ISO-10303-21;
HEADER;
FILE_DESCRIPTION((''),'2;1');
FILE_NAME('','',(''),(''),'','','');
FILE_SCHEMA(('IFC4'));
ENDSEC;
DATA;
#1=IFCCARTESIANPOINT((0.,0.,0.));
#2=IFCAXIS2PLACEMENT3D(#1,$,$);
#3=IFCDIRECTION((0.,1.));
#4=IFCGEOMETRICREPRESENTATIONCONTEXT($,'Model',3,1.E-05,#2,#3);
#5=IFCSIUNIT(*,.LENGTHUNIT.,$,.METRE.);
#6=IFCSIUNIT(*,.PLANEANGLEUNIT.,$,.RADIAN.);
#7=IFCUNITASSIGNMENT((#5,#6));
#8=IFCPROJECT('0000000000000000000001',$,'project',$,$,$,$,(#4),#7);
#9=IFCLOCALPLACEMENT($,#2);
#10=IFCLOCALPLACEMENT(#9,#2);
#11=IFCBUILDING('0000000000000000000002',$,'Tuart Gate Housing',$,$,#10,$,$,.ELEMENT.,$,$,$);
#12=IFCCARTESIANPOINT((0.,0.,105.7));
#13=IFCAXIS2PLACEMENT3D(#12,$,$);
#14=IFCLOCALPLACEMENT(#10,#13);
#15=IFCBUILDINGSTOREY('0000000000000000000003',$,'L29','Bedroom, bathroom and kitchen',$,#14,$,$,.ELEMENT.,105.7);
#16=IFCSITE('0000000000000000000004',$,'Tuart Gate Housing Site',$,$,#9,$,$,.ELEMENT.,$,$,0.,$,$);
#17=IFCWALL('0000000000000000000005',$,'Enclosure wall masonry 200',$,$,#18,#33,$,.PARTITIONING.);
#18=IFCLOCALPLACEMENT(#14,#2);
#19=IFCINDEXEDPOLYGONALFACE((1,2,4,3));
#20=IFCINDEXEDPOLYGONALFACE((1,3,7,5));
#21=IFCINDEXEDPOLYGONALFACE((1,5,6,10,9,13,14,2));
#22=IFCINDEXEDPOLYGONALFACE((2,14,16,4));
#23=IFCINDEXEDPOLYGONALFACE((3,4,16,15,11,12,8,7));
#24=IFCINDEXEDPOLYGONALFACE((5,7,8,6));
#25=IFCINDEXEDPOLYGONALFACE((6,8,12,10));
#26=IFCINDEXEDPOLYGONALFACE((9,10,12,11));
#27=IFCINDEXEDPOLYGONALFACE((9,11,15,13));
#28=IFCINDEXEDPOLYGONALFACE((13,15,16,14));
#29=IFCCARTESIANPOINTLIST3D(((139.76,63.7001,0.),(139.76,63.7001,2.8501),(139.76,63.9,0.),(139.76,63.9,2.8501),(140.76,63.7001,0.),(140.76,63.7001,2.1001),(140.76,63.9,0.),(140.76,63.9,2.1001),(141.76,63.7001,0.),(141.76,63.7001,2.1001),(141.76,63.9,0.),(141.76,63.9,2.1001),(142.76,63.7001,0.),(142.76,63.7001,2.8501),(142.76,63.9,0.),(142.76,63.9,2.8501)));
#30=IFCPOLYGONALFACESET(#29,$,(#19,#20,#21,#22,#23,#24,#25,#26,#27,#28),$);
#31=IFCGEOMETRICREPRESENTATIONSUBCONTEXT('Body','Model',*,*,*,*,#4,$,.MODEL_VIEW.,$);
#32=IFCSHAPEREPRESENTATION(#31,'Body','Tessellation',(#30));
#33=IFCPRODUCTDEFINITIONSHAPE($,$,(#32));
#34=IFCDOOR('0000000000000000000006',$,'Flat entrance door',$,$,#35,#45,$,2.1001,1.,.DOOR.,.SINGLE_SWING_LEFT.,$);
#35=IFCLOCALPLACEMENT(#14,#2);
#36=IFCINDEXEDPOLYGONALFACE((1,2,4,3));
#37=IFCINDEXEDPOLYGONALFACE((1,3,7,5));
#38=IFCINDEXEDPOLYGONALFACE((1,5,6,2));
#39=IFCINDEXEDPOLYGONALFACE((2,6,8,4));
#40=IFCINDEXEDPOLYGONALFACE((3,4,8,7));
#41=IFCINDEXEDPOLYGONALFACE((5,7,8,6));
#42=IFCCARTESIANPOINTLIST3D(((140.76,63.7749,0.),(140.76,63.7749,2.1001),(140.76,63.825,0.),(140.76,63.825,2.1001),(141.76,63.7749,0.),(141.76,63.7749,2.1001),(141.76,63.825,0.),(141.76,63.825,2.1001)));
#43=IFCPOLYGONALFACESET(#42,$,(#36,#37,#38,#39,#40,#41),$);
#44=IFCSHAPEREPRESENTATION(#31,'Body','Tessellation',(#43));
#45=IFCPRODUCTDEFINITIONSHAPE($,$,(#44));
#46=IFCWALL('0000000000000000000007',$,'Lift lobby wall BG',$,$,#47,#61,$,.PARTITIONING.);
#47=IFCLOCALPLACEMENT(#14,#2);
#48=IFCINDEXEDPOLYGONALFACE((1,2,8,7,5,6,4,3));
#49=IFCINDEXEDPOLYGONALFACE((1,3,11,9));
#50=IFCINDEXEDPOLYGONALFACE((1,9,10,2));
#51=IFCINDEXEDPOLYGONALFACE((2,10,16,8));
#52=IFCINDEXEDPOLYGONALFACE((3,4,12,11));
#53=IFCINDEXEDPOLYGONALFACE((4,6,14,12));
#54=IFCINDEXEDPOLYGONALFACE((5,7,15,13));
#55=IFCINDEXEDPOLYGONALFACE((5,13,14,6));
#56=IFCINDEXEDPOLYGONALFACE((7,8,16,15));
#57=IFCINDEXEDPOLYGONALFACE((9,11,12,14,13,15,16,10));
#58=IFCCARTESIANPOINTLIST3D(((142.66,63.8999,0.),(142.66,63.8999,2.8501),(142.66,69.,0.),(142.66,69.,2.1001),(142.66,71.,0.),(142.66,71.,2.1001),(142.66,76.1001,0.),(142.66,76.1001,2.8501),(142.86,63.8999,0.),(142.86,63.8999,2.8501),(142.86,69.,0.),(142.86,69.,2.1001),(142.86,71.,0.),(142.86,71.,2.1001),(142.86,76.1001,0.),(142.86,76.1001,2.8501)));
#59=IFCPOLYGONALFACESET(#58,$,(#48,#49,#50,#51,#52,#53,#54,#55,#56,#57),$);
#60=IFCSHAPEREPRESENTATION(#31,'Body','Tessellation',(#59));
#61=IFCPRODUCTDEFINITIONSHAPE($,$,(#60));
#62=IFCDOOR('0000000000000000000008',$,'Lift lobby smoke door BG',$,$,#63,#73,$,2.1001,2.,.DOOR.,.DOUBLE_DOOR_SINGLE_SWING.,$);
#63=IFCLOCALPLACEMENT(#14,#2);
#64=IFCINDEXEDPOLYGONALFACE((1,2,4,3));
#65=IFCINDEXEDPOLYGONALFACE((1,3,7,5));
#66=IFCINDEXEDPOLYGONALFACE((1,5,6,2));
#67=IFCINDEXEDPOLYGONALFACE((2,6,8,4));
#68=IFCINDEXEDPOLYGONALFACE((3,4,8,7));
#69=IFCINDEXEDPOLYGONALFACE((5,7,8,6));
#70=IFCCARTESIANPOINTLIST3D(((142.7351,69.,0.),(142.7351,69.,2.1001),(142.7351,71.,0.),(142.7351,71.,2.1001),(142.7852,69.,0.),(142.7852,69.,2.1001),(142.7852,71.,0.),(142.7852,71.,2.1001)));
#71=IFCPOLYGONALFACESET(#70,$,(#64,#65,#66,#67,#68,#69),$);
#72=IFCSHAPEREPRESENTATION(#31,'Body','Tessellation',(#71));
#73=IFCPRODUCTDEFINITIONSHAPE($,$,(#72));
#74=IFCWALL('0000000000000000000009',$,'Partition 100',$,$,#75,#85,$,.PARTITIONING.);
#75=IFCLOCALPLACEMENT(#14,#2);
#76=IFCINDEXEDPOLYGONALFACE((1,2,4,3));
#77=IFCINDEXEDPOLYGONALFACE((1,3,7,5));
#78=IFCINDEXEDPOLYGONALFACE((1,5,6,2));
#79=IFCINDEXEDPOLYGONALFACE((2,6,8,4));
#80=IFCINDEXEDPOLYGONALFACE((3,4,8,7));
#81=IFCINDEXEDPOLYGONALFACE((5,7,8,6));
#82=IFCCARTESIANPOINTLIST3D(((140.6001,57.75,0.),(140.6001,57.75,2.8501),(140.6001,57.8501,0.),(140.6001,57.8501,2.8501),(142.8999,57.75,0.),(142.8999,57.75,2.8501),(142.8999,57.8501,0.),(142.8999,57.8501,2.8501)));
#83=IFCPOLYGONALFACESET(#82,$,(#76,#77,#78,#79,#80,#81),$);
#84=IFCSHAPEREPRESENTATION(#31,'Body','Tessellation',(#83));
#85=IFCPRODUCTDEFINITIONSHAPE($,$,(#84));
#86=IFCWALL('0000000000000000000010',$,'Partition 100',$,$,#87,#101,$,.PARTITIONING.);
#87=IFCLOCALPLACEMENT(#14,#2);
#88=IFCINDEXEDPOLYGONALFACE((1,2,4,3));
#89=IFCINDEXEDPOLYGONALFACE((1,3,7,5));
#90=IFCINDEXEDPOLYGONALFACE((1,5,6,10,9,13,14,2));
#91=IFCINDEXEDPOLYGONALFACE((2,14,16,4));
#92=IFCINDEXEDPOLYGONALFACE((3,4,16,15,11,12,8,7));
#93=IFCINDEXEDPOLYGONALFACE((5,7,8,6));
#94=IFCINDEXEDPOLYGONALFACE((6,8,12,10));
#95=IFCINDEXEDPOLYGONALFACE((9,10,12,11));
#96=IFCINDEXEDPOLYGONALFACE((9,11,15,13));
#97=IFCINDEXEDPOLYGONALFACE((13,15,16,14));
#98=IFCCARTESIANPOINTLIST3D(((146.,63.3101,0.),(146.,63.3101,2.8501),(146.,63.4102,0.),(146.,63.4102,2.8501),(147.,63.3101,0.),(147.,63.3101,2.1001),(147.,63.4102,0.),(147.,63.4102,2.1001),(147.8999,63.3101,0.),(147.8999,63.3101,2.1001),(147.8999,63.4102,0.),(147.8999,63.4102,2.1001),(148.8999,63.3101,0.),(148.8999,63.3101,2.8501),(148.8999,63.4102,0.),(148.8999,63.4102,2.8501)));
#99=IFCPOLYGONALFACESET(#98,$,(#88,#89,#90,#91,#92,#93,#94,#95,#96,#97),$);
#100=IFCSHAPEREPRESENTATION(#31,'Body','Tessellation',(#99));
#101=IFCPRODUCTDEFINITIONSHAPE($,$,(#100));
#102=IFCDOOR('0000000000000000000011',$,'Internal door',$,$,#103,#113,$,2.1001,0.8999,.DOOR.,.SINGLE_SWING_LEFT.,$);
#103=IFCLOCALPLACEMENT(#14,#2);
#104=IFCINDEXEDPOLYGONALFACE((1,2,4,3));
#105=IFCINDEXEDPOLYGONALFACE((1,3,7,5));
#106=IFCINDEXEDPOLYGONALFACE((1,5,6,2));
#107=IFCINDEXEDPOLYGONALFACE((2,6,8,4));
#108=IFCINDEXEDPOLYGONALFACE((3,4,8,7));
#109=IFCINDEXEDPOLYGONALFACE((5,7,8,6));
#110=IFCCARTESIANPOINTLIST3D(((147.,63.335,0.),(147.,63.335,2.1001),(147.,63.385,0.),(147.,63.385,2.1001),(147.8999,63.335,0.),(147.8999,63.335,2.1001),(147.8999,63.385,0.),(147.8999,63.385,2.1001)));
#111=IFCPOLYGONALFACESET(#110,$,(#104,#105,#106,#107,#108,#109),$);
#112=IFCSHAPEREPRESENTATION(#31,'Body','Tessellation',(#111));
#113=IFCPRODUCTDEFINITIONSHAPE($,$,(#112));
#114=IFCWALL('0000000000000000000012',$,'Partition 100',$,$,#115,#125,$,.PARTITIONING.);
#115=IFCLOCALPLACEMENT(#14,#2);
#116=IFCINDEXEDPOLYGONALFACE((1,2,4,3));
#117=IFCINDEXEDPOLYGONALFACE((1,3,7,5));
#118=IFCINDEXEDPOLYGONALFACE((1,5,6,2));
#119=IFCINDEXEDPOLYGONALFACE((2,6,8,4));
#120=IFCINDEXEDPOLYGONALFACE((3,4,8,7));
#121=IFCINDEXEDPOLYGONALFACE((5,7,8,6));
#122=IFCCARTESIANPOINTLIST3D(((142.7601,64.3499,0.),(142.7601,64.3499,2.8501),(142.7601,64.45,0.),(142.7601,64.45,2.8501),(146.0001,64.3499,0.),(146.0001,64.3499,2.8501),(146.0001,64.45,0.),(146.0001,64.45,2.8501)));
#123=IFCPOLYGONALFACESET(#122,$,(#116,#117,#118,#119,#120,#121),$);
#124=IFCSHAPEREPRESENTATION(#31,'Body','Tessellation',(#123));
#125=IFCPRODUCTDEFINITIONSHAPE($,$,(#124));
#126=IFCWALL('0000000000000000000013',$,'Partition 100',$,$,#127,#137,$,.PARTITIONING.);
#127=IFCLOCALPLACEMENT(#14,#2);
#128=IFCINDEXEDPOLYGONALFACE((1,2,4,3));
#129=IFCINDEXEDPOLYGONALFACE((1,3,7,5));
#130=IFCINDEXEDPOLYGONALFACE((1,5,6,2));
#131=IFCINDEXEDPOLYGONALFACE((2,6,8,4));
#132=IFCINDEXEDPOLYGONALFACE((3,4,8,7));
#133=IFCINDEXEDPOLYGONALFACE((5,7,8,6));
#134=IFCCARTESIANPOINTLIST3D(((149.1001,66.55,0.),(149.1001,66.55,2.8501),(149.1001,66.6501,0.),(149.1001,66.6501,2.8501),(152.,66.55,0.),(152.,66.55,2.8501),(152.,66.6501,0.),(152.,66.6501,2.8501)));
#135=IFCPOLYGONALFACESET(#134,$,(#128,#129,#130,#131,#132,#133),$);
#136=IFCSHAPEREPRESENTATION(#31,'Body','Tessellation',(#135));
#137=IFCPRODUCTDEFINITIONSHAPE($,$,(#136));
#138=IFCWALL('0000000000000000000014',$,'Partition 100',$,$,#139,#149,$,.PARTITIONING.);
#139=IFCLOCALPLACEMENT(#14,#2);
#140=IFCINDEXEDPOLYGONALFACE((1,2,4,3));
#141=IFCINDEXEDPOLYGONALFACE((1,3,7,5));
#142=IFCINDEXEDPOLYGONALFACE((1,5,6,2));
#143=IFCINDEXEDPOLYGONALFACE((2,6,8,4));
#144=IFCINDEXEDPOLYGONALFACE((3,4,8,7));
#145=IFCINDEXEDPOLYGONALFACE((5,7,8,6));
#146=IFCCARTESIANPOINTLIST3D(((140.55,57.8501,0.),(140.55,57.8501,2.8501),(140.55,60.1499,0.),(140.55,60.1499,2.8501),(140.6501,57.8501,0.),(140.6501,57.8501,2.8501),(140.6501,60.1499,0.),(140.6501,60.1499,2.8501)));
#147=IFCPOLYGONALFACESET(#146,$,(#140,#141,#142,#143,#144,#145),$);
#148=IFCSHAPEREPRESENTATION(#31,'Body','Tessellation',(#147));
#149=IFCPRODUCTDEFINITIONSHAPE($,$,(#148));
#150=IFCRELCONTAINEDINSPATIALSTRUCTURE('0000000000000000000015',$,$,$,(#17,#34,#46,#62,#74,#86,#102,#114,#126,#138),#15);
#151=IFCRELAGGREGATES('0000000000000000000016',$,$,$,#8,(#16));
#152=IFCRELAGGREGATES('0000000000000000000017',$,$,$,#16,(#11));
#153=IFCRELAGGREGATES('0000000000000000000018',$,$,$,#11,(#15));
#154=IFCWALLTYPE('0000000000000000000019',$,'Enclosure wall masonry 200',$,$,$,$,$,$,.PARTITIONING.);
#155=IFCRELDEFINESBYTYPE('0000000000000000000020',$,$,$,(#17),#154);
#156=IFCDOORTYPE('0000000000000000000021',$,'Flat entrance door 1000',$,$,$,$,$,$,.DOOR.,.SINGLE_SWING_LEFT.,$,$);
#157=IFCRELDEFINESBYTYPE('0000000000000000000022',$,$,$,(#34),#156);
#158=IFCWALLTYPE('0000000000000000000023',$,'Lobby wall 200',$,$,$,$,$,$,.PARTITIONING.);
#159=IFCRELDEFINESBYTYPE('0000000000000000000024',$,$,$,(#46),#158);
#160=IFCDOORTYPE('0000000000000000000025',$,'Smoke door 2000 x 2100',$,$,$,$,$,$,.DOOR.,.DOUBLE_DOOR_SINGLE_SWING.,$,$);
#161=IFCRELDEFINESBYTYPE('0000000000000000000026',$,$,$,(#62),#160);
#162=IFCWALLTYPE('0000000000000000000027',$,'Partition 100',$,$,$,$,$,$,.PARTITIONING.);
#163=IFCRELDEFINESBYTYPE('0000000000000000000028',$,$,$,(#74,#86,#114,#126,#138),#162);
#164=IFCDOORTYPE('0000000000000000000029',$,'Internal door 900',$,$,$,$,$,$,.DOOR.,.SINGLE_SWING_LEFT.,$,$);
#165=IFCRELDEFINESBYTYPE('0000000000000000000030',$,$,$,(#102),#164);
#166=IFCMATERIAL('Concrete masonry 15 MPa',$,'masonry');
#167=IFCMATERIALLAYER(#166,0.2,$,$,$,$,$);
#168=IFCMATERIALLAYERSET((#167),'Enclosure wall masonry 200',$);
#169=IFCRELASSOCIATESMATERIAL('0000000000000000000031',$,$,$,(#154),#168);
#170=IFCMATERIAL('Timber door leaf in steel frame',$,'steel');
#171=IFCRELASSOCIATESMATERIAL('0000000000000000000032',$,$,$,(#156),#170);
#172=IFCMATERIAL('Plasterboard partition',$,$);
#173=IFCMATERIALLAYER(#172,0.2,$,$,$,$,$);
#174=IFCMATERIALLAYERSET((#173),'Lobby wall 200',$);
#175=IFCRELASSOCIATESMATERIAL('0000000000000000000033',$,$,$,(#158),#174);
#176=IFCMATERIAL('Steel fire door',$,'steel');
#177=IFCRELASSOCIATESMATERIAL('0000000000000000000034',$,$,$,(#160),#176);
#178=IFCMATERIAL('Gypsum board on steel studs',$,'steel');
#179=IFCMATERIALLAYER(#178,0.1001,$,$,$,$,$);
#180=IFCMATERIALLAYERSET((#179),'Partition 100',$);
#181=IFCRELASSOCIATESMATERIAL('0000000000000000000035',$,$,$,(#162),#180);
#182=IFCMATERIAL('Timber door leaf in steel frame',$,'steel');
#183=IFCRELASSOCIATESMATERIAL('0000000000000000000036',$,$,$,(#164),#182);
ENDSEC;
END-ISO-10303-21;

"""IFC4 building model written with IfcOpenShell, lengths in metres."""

from ifc_helpers import new_model, si_unit, direction, frame, frame_2d, origin, place, context, subcontext, project, spatial, rectangle, extrude, material, layer, layer_set, type_object, element, fill, save


model = new_model("IFC4")

# Units and contexts
model_context = context("Model", 3, precision=1e-05, world=origin(), true_north=direction((0.0, 1.0)))
body_context = subcontext(model_context, "Body", "Model", "MODEL_VIEW")
ifc_project = project(units=[si_unit("LENGTHUNIT", "METRE"), si_unit("PLANEANGLEUNIT", "RADIAN")], contexts=[model_context])

# Site, building, storey
site_placement = place(None, origin())
site = spatial("IfcSite", under=ifc_project, at=site_placement, Name="Tuart Gate Housing Site", CompositionType="ELEMENT", RefElevation=0.0)
building_placement = place(site_placement, origin())
building = spatial("IfcBuilding", under=site, at=building_placement, Name="Tuart Gate Housing", CompositionType="ELEMENT")
storey_placement = place(building_placement, frame((0.0, 0.0, 105.7)))
storey = spatial("IfcBuildingStorey", under=building, at=storey_placement, Name="L29", Description="Bedroom, bathroom and kitchen", CompositionType="ELEMENT", Elevation=105.7)

# Walls, openings, doors
ifc_material_1 = material(Name="Concrete masonry 15 MPa", Category="masonry")
ifc_layer_1 = layer(ifc_material_1, 0.2)
ifc_layer_set_1 = layer_set([ifc_layer_1], Name="Enclosure wall masonry 200")
wall_type_1 = type_object("IfcWallType", Name="Enclosure wall masonry 200", PredefinedType="PARTITIONING", material=ifc_layer_set_1)
wall_1_placement = place(storey_placement, frame((139.76, 63.8, 0.0), z_axis=(0.0, 0.0, 1.0), x_axis=(1.0, 0.0, 0.0)))
wall_1 = element("IfcWall", 1, at=wall_1_placement, inside=storey, type_object=wall_type_1, Name="Enclosure wall masonry 200", PredefinedType="PARTITIONING", context=body_context, shape_type="SweptSolid", body=[
    extrude(rectangle(XDim=3.0, YDim=0.2, at=frame_2d((1.5, 0.0))), origin(), (0.0, 0.0, 1.0), 2.8501),
])
opening_1_placement = place(wall_1_placement, frame((1.0, 0.0, 0.0)))
opening_1 = element("IfcOpeningElement", 2, at=opening_1_placement, cuts=wall_1, PredefinedType="OPENING", context=body_context, shape_type="SweptSolid", body=[
    extrude(rectangle(XDim=1.0, YDim=2.1001, at=frame_2d((0.5, 1.05))), frame((0.0, 0.1099, 0.0), z_axis=(0.0, -1.0, 0.0), x_axis=(1.0, 0.0, 0.0)), (0.0, 0.0, 1.0), 0.22),
])
ifc_material_2 = material(Name="Timber door leaf in steel frame", Category="steel")
door_type_1 = type_object("IfcDoorType", Name="Flat entrance door 1000", OperationType="SINGLE_SWING_LEFT", PredefinedType="DOOR", material=ifc_material_2)
door_1_placement = place(opening_1_placement, frame((1.0, 0.0, 0.0), z_axis=(0.0, 0.0, 1.0), x_axis=(-1.0, 0.0, 0.0)))
door_1 = element("IfcDoor", 3, at=door_1_placement, inside=storey, type_object=door_type_1, Name="Flat entrance door", OperationType="SINGLE_SWING_LEFT", OverallHeight=2.1001, OverallWidth=1.0, PredefinedType="DOOR", context=body_context, shape_type="SweptSolid", body=[
    extrude(rectangle(XDim=1.0, YDim=2.1001, at=frame_2d((0.5, 1.05))), frame((0.0, 0.0251, 0.0), z_axis=(0.0, -1.0, 0.0), x_axis=(1.0, 0.0, 0.0)), (0.0, 0.0, 1.0), 0.05),
])
fill(opening_1, door_1)
ifc_material_3 = material(Name="Plasterboard partition")
ifc_layer_2 = layer(ifc_material_3, 0.2)
ifc_layer_set_2 = layer_set([ifc_layer_2], Name="Lobby wall 200")
wall_type_2 = type_object("IfcWallType", Name="Lobby wall 200", PredefinedType="PARTITIONING", material=ifc_layer_set_2)
wall_2_placement = place(storey_placement, frame((142.76, 63.8999, 0.0), z_axis=(0.0, 0.0, 1.0), x_axis=(0.0, 1.0, 0.0)))
wall_2 = element("IfcWall", 4, at=wall_2_placement, inside=storey, type_object=wall_type_2, Name="Lift lobby wall BG", PredefinedType="PARTITIONING", context=body_context, shape_type="SweptSolid", body=[
    extrude(rectangle(XDim=12.2002, YDim=0.2, at=frame_2d((6.1001, 0.0))), origin(), (0.0, 0.0, 1.0), 2.8501),
])
opening_2_placement = place(wall_2_placement, frame((5.1001, 0.0, 0.0)))
opening_2 = element("IfcOpeningElement", 5, at=opening_2_placement, cuts=wall_2, PredefinedType="OPENING", context=body_context, shape_type="SweptSolid", body=[
    extrude(rectangle(XDim=2.0, YDim=2.1001, at=frame_2d((1.0, 1.05))), frame((0.0, 0.1099, 0.0), z_axis=(0.0, -1.0, 0.0), x_axis=(1.0, 0.0, 0.0)), (0.0, 0.0, 1.0), 0.22),
])
ifc_material_4 = material(Name="Steel fire door", Category="steel")
door_type_2 = type_object("IfcDoorType", Name="Smoke door 2000 x 2100", OperationType="DOUBLE_DOOR_SINGLE_SWING", PredefinedType="DOOR", material=ifc_material_4)
door_2_placement = place(opening_2_placement, origin())
door_2 = element("IfcDoor", 6, at=door_2_placement, inside=storey, type_object=door_type_2, Name="Lift lobby smoke door BG", OperationType="DOUBLE_DOOR_SINGLE_SWING", OverallHeight=2.1001, OverallWidth=2.0, PredefinedType="DOOR", context=body_context, shape_type="SweptSolid", body=[
    extrude(rectangle(XDim=2.0, YDim=2.1001, at=frame_2d((1.0, 1.05))), frame((0.0, 0.0249, 0.0), z_axis=(0.0, -1.0, 0.0), x_axis=(1.0, 0.0, 0.0)), (0.0, 0.0, 1.0), 0.05),
])
fill(opening_2, door_2)

# Wall
ifc_material_5 = material(Name="Gypsum board on steel studs", Category="steel")
ifc_layer_3 = layer(ifc_material_5, 0.1001)
ifc_layer_set_3 = layer_set([ifc_layer_3], Name="Partition 100")
wall_type_3 = type_object("IfcWallType", Name="Partition 100", PredefinedType="PARTITIONING", material=ifc_layer_set_3)
wall_3_placement = place(storey_placement, frame((140.6001, 57.8, 0.0), z_axis=(0.0, 0.0, 1.0), x_axis=(1.0, 0.0, 0.0)))
element("IfcWall", 7, at=wall_3_placement, inside=storey, type_object=wall_type_3, Name="Partition 100", PredefinedType="PARTITIONING", context=body_context, shape_type="SweptSolid", body=[
    extrude(rectangle(XDim=2.2998, YDim=0.1001, at=frame_2d((1.1499, 0.0))), origin(), (0.0, 0.0, 1.0), 2.8501),
])

# Wall, opening, door
wall_4_placement = place(storey_placement, frame((146.0, 63.3601, 0.0), z_axis=(0.0, 0.0, 1.0), x_axis=(1.0, 0.0, 0.0)))
wall_4 = element("IfcWall", 8, at=wall_4_placement, inside=storey, type_object=wall_type_3, Name="Partition 100", PredefinedType="PARTITIONING", context=body_context, shape_type="SweptSolid", body=[
    extrude(rectangle(XDim=2.8999, YDim=0.1001, at=frame_2d((1.45, 0.0))), origin(), (0.0, 0.0, 1.0), 2.8501),
])
opening_3_placement = place(wall_4_placement, frame((1.0, 0.0, 0.0)))
opening_3 = element("IfcOpeningElement", 9, at=opening_3_placement, cuts=wall_4, PredefinedType="OPENING", context=body_context, shape_type="SweptSolid", body=[
    extrude(rectangle(XDim=0.8999, YDim=2.1001, at=frame_2d((0.45, 1.05))), frame((0.0, 0.0601, 0.0), z_axis=(0.0, -1.0, 0.0), x_axis=(1.0, 0.0, 0.0)), (0.0, 0.0, 1.0), 0.1201),
])
ifc_material_6 = material(Name="Timber door leaf in steel frame", Category="steel")
door_type_3 = type_object("IfcDoorType", Name="Internal door 900", OperationType="SINGLE_SWING_LEFT", PredefinedType="DOOR", material=ifc_material_6)
door_3_placement = place(opening_3_placement, origin())
door_3 = element("IfcDoor", 10, at=door_3_placement, inside=storey, type_object=door_type_3, Name="Internal door", OperationType="SINGLE_SWING_LEFT", OverallHeight=2.1001, OverallWidth=0.8999, PredefinedType="DOOR", context=body_context, shape_type="SweptSolid", body=[
    extrude(rectangle(XDim=0.8999, YDim=2.1001, at=frame_2d((0.45, 1.05))), frame((0.0, 0.0249, 0.0), z_axis=(0.0, -1.0, 0.0), x_axis=(1.0, 0.0, 0.0)), (0.0, 0.0, 1.0), 0.05),
])
fill(opening_3, door_3)

# Walls
wall_5_placement = place(storey_placement, frame((142.76, 64.3999, 0.0), z_axis=(0.0, 0.0, 1.0), x_axis=(1.0, 0.0, 0.0)))
element("IfcWall", 11, at=wall_5_placement, inside=storey, type_object=wall_type_3, Name="Partition 100", PredefinedType="PARTITIONING", context=body_context, shape_type="SweptSolid", body=[
    extrude(rectangle(XDim=3.24, YDim=0.1001, at=frame_2d((1.6201, 0.0))), origin(), (0.0, 0.0, 1.0), 2.8501),
])
wall_6_placement = place(storey_placement, frame((149.1001, 66.6001, 0.0), z_axis=(0.0, 0.0, 1.0), x_axis=(1.0, 0.0, 0.0)))
element("IfcWall", 12, at=wall_6_placement, inside=storey, type_object=wall_type_3, Name="Partition 100", PredefinedType="PARTITIONING", context=body_context, shape_type="SweptSolid", body=[
    extrude(rectangle(XDim=2.8999, YDim=0.1001, at=frame_2d((1.45, 0.0))), origin(), (0.0, 0.0, 1.0), 2.8501),
])
wall_7_placement = place(storey_placement, frame((140.6001, 57.8501, 0.0), z_axis=(0.0, 0.0, 1.0), x_axis=(0.0, 1.0, 0.0)))
element("IfcWall", 13, at=wall_7_placement, inside=storey, type_object=wall_type_3, Name="Partition 100", PredefinedType="PARTITIONING", context=body_context, shape_type="SweptSolid", body=[
    extrude(rectangle(XDim=2.2998, YDim=0.1001, at=frame_2d((1.1499, 0.0))), origin(), (0.0, 0.0, 1.0), 2.8501),
])

save(model, "model.ifc")
